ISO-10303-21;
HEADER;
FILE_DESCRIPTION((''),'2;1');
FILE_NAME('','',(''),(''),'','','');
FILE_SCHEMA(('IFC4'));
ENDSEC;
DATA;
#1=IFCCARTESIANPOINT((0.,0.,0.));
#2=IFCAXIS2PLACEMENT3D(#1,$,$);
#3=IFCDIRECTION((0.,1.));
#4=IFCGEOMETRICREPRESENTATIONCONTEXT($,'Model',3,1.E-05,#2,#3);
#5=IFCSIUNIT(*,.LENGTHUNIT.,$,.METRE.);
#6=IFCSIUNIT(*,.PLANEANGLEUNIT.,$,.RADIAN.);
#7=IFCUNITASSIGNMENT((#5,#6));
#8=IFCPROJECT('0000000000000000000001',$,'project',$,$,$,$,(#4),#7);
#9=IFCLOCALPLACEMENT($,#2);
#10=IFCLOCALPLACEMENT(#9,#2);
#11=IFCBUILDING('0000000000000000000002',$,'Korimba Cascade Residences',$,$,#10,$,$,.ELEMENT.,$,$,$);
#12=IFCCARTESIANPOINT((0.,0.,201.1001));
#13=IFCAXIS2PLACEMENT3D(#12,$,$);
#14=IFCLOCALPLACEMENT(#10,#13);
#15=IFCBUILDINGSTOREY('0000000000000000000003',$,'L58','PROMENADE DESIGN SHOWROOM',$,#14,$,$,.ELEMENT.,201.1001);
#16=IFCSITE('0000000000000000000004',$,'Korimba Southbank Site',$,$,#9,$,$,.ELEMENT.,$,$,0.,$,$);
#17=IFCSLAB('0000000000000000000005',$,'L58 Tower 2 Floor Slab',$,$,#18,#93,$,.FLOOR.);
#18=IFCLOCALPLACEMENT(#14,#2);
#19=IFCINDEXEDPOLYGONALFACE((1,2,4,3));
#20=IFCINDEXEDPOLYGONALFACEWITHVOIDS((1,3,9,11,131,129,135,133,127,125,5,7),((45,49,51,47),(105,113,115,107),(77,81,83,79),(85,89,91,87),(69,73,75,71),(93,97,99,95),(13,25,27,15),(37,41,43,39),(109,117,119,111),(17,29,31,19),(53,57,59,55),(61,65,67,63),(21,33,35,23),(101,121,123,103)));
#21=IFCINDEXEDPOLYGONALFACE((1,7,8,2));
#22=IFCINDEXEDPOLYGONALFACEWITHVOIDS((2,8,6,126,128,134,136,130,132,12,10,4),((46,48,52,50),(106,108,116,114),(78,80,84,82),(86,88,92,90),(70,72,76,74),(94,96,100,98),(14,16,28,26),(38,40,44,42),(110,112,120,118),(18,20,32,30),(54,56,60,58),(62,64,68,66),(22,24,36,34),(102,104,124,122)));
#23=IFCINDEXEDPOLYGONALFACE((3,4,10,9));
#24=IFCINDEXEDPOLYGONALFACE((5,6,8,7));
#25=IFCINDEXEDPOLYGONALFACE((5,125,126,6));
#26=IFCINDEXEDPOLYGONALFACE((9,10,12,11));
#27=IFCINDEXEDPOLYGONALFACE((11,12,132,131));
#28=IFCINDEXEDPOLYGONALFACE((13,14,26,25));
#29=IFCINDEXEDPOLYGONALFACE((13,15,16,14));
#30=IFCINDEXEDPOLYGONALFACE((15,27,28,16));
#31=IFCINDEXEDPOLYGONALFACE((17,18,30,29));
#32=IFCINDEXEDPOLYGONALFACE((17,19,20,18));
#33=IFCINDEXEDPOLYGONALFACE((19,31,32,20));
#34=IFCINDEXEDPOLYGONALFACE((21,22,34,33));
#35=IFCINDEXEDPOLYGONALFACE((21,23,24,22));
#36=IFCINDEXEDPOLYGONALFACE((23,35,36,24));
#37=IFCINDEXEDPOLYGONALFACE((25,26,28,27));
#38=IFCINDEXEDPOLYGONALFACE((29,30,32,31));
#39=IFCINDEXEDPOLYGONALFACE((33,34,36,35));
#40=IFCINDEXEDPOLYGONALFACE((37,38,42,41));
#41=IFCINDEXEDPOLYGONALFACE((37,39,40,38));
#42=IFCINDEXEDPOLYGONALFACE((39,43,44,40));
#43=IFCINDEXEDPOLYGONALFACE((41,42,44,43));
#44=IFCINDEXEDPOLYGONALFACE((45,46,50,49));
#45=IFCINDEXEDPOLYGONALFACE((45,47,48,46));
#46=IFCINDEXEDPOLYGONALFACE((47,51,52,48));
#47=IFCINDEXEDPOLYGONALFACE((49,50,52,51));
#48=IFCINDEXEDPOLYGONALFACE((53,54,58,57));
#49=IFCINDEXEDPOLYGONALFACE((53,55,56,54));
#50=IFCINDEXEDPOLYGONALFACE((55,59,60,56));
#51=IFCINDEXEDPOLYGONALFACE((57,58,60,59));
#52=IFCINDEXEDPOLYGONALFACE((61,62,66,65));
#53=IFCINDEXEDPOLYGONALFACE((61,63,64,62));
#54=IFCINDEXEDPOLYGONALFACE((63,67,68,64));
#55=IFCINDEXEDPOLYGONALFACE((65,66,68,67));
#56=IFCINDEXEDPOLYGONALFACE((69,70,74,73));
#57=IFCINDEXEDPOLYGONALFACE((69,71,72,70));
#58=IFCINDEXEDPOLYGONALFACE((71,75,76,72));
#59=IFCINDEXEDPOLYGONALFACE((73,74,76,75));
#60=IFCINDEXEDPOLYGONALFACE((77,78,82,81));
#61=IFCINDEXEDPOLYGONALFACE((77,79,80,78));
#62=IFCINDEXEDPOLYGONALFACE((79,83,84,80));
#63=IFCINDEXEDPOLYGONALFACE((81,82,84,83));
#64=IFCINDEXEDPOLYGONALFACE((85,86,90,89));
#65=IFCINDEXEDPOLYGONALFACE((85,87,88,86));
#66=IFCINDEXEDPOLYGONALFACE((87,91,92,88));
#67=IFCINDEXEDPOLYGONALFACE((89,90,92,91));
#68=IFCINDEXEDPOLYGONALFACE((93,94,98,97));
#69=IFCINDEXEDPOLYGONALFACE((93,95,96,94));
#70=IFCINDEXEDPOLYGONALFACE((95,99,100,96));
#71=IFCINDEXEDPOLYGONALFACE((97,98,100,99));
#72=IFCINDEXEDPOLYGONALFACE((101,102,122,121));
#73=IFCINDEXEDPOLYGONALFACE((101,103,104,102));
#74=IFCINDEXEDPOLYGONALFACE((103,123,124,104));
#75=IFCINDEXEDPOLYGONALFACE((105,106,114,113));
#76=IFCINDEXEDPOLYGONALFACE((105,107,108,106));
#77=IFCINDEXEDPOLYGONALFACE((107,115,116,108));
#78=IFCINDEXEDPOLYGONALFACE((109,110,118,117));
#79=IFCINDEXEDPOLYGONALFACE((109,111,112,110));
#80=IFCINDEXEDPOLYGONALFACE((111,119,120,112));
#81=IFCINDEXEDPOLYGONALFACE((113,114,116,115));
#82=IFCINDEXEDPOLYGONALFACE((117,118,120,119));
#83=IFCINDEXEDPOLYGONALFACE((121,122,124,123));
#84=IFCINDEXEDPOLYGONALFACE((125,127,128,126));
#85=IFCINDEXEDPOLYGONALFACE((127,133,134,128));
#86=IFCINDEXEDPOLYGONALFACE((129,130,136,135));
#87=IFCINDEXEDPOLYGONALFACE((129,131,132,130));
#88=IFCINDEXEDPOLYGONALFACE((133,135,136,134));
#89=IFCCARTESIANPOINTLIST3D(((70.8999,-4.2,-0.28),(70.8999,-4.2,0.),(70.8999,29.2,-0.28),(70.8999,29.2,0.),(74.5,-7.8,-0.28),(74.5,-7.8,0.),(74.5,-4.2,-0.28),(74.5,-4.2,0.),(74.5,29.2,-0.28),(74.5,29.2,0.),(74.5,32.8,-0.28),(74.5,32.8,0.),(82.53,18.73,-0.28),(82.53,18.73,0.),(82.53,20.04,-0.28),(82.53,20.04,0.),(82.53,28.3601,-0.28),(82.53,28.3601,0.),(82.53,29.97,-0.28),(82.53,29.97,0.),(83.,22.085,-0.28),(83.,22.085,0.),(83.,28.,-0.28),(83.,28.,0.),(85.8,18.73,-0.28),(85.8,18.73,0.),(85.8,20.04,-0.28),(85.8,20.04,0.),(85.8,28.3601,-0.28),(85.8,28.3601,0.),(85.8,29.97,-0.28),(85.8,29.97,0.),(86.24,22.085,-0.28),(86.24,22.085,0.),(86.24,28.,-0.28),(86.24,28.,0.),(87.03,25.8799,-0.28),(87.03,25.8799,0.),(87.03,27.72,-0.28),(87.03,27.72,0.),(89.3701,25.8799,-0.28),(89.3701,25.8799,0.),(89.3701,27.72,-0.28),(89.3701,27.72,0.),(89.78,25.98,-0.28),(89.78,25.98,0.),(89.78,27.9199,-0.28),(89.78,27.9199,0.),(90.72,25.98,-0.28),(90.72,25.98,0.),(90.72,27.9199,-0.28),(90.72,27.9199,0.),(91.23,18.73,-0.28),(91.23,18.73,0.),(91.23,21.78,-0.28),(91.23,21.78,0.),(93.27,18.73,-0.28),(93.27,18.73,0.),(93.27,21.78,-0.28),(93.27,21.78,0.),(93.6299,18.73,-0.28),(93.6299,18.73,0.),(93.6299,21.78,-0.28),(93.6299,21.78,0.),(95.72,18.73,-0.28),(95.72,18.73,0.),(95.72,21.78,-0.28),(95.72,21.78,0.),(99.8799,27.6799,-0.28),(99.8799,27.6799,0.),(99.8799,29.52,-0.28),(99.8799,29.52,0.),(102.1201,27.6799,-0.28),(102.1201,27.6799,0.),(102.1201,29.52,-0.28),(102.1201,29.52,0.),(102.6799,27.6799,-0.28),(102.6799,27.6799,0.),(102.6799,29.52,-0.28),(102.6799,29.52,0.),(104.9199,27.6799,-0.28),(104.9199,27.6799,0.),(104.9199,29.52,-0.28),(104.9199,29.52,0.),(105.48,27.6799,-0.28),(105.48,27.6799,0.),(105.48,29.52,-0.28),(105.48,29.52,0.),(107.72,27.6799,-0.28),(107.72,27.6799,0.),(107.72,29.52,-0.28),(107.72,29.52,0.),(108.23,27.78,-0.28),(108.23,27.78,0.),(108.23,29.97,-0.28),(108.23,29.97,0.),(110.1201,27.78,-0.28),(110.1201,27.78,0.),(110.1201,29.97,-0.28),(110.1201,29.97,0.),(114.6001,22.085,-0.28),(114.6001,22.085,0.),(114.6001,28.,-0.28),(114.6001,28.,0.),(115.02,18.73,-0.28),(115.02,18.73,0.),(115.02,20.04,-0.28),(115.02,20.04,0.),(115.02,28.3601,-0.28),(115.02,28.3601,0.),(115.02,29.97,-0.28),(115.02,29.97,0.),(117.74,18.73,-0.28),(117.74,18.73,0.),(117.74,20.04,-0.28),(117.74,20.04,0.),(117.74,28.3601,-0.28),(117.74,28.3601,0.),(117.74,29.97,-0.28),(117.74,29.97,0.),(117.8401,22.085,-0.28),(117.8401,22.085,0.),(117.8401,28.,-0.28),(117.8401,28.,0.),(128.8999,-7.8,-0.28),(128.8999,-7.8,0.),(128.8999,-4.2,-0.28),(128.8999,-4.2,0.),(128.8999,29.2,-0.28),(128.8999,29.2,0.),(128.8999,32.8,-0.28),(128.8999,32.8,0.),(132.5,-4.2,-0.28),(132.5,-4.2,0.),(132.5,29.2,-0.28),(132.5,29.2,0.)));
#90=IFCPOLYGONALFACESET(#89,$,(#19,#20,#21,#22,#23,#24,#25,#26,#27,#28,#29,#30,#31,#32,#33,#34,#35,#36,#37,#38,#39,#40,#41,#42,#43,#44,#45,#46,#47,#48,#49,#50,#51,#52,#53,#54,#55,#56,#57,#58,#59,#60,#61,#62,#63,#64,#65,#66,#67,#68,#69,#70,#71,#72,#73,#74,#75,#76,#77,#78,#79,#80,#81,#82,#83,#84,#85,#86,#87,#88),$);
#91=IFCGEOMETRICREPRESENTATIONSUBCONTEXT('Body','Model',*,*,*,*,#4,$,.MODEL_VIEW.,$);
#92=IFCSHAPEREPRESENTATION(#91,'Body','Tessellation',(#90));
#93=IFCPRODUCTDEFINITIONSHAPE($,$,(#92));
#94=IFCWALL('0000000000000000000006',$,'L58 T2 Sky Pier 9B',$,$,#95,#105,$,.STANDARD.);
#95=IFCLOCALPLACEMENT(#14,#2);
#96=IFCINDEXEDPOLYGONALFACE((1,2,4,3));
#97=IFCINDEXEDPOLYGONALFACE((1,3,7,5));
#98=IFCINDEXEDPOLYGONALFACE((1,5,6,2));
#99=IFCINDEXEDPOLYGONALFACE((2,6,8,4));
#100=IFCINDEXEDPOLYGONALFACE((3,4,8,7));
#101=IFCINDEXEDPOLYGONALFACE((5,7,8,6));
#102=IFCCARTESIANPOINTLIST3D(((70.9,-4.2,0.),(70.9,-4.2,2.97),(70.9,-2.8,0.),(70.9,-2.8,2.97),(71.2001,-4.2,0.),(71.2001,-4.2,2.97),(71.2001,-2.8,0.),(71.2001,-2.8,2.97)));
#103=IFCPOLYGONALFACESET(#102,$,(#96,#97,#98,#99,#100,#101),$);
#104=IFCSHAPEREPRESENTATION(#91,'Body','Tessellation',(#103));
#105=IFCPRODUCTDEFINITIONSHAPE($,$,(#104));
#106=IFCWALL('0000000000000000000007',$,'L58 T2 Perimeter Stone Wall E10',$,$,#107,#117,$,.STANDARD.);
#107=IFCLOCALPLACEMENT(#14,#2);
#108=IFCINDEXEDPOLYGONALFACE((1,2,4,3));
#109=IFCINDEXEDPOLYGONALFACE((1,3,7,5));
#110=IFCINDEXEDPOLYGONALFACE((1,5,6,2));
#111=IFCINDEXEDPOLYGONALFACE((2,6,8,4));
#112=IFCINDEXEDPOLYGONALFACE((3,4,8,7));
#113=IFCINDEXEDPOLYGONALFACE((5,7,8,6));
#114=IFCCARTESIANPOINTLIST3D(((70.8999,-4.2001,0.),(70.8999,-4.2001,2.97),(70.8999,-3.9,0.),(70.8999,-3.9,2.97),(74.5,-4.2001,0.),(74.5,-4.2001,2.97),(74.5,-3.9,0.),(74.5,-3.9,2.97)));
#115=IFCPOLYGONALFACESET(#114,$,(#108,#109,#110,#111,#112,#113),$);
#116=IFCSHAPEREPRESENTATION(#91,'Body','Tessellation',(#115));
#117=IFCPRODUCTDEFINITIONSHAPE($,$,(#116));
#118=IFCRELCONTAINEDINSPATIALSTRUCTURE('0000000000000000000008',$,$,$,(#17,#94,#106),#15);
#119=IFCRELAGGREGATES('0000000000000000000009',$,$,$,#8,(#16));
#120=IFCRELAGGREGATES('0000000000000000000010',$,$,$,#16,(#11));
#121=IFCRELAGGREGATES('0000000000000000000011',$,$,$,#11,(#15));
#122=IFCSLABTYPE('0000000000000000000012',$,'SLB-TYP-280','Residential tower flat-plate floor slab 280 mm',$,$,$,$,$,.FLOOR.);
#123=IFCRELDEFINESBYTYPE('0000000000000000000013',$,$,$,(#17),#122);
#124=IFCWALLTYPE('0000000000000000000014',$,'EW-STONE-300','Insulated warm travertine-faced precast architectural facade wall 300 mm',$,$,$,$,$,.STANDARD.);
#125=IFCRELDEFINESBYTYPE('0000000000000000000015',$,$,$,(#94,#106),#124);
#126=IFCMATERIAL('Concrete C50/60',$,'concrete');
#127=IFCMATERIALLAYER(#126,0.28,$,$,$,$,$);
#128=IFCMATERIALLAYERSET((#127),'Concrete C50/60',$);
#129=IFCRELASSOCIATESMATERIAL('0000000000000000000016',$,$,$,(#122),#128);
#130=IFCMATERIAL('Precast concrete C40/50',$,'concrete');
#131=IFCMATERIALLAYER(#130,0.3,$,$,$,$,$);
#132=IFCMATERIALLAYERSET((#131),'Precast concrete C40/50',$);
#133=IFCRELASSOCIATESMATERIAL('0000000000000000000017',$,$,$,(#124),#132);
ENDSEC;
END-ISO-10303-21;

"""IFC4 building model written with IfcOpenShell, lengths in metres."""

from ifc_helpers import new_model, si_unit, direction, frame, frame_2d, origin, place, context, subcontext, project, spatial, polyline, rectangle, outline, extrude, material, layer, layer_set, type_object, element, save


model = new_model("IFC4")

# Units and contexts
model_context = context("Model", 3, precision=1e-05, world=origin(), true_north=direction((0.0, 1.0)))
body_context = subcontext(model_context, "Body", "Model", "MODEL_VIEW")
ifc_project = project(units=[si_unit("LENGTHUNIT", "METRE"), si_unit("PLANEANGLEUNIT", "RADIAN")], contexts=[model_context])

# Site, building, storey
site_placement = place(None, origin())
site = spatial("IfcSite", under=ifc_project, at=site_placement, Name="Korimba Southbank Site", CompositionType="ELEMENT", RefElevation=0.0)
building_placement = place(site_placement, origin())
building = spatial("IfcBuilding", under=site, at=building_placement, Name="Korimba Cascade Residences", CompositionType="ELEMENT")
storey_placement = place(building_placement, frame((0.0, 0.0, 201.1001)))
storey = spatial("IfcBuildingStorey", under=building, at=storey_placement, Name="L58", Description="PROMENADE DESIGN SHOWROOM", CompositionType="ELEMENT", Elevation=201.1001)

# Shared definitions
ifc_material_1 = material(Name="Concrete C50/60", Category="concrete")

# Slab
ifc_material_2 = material(Name="Precast concrete C40/50", Category="concrete")
ifc_layer_1 = layer(ifc_material_1, 0.28)
ifc_layer_set_1 = layer_set([ifc_layer_1], Name="Concrete C50/60")
slab_type_1 = type_object("IfcSlabType", Name="SLB-TYP-280", Description="Residential tower flat-plate floor slab 280 mm", PredefinedType="FLOOR", material=ifc_layer_set_1)
slab_1_placement = place(storey_placement, frame((0.0, 0.0, -0.28)))
element("IfcSlab", 1, at=slab_1_placement, inside=storey, type_object=slab_type_1, Name="L58 Tower 2 Floor Slab", PredefinedType="FLOOR", context=body_context, shape_type="SweptSolid", body=[
    extrude(outline(polyline([(74.5, -7.8), (128.8999, -7.8), (128.8999, -4.2), (132.5, -4.2), (132.5, 29.2), (128.8999, 29.2), (128.8999, 32.8), (74.5, 32.8), (74.5, 29.2), (70.8999, 29.2), (70.8999, -4.2), (74.5, -4.2), (74.5, -7.8)]), holes=[polyline([(86.24, 22.085), (86.24, 28.0), (83.0, 28.0), (83.0, 22.085), (86.24, 22.085)]), polyline([(117.8401, 22.085), (117.8401, 28.0), (114.6001, 28.0), (114.6001, 22.085), (117.8401, 22.085)]), polyline([(87.03, 25.8799), (89.3701, 25.8799), (89.3701, 27.72), (87.03, 27.72), (87.03, 25.8799)]), polyline([(99.8799, 27.6799), (102.1201, 27.6799), (102.1201, 29.52), (99.8799, 29.52), (99.8799, 27.6799)]), polyline([(102.6799, 27.6799), (104.9199, 27.6799), (104.9199, 29.52), (102.6799, 29.52), (102.6799, 27.6799)]), polyline([(105.48, 27.6799), (107.72, 27.6799), (107.72, 29.52), (105.48, 29.52), (105.48, 27.6799)]), polyline([(89.78, 25.98), (90.72, 25.98), (90.72, 27.9199), (89.78, 27.9199), (89.78, 25.98)]), polyline([(82.53, 18.73), (85.8, 18.73), (85.8, 20.04), (82.53, 20.04), (82.53, 18.73)]), polyline([(82.53, 28.3601), (85.8, 28.3601), (85.8, 29.97), (82.53, 29.97), (82.53, 28.3601)]), polyline([(108.23, 27.78), (110.1201, 27.78), (110.1201, 29.97), (108.23, 29.97), (108.23, 27.78)]), polyline([(91.23, 18.73), (93.27, 18.73), (93.27, 21.78), (91.23, 21.78), (91.23, 18.73)]), polyline([(93.6299, 18.73), (95.72, 18.73), (95.72, 21.78), (93.6299, 21.78), (93.6299, 18.73)]), polyline([(115.02, 18.73), (117.74, 18.73), (117.74, 20.04), (115.02, 20.04), (115.02, 18.73)]), polyline([(115.02, 28.3601), (117.74, 28.3601), (117.74, 29.97), (115.02, 29.97), (115.02, 28.3601)])]), origin(), (0.0, 0.0, 1.0), 0.28),
])

# Walls
ifc_layer_2 = layer(ifc_material_2, 0.3)
ifc_layer_set_2 = layer_set([ifc_layer_2], Name="Precast concrete C40/50")
wall_type = type_object("IfcWallType", Name="EW-STONE-300", Description="Insulated warm travertine-faced precast architectural facade wall 300 mm", PredefinedType="STANDARD", material=ifc_layer_set_2)
wall_1_placement = place(storey_placement, frame((71.05, -2.8, 0.0), z_axis=(0.0, 0.0, 1.0), x_axis=(0.0, -1.0, 0.0)))
element("IfcWall", 2, at=wall_1_placement, inside=storey, type_object=wall_type, Name="L58 T2 Sky Pier 9B", PredefinedType="STANDARD", context=body_context, shape_type="SweptSolid", body=[
    extrude(rectangle(XDim=1.3999, YDim=0.3, at=frame_2d((0.7, 0.0))), origin(), (0.0, 0.0, 1.0), 2.97),
])
wall_2_placement = place(storey_placement, frame((70.8999, -4.05, 0.0), z_axis=(0.0, 0.0, 1.0), x_axis=(1.0, 0.0, 0.0)))
element("IfcWall", 3, at=wall_2_placement, inside=storey, type_object=wall_type, Name="L58 T2 Perimeter Stone Wall E10", PredefinedType="STANDARD", context=body_context, shape_type="SweptSolid", body=[
    extrude(rectangle(XDim=3.6001, YDim=0.3, at=frame_2d((1.8, 0.0))), origin(), (0.0, 0.0, 1.0), 2.97),
])

save(model, "model.ifc")
